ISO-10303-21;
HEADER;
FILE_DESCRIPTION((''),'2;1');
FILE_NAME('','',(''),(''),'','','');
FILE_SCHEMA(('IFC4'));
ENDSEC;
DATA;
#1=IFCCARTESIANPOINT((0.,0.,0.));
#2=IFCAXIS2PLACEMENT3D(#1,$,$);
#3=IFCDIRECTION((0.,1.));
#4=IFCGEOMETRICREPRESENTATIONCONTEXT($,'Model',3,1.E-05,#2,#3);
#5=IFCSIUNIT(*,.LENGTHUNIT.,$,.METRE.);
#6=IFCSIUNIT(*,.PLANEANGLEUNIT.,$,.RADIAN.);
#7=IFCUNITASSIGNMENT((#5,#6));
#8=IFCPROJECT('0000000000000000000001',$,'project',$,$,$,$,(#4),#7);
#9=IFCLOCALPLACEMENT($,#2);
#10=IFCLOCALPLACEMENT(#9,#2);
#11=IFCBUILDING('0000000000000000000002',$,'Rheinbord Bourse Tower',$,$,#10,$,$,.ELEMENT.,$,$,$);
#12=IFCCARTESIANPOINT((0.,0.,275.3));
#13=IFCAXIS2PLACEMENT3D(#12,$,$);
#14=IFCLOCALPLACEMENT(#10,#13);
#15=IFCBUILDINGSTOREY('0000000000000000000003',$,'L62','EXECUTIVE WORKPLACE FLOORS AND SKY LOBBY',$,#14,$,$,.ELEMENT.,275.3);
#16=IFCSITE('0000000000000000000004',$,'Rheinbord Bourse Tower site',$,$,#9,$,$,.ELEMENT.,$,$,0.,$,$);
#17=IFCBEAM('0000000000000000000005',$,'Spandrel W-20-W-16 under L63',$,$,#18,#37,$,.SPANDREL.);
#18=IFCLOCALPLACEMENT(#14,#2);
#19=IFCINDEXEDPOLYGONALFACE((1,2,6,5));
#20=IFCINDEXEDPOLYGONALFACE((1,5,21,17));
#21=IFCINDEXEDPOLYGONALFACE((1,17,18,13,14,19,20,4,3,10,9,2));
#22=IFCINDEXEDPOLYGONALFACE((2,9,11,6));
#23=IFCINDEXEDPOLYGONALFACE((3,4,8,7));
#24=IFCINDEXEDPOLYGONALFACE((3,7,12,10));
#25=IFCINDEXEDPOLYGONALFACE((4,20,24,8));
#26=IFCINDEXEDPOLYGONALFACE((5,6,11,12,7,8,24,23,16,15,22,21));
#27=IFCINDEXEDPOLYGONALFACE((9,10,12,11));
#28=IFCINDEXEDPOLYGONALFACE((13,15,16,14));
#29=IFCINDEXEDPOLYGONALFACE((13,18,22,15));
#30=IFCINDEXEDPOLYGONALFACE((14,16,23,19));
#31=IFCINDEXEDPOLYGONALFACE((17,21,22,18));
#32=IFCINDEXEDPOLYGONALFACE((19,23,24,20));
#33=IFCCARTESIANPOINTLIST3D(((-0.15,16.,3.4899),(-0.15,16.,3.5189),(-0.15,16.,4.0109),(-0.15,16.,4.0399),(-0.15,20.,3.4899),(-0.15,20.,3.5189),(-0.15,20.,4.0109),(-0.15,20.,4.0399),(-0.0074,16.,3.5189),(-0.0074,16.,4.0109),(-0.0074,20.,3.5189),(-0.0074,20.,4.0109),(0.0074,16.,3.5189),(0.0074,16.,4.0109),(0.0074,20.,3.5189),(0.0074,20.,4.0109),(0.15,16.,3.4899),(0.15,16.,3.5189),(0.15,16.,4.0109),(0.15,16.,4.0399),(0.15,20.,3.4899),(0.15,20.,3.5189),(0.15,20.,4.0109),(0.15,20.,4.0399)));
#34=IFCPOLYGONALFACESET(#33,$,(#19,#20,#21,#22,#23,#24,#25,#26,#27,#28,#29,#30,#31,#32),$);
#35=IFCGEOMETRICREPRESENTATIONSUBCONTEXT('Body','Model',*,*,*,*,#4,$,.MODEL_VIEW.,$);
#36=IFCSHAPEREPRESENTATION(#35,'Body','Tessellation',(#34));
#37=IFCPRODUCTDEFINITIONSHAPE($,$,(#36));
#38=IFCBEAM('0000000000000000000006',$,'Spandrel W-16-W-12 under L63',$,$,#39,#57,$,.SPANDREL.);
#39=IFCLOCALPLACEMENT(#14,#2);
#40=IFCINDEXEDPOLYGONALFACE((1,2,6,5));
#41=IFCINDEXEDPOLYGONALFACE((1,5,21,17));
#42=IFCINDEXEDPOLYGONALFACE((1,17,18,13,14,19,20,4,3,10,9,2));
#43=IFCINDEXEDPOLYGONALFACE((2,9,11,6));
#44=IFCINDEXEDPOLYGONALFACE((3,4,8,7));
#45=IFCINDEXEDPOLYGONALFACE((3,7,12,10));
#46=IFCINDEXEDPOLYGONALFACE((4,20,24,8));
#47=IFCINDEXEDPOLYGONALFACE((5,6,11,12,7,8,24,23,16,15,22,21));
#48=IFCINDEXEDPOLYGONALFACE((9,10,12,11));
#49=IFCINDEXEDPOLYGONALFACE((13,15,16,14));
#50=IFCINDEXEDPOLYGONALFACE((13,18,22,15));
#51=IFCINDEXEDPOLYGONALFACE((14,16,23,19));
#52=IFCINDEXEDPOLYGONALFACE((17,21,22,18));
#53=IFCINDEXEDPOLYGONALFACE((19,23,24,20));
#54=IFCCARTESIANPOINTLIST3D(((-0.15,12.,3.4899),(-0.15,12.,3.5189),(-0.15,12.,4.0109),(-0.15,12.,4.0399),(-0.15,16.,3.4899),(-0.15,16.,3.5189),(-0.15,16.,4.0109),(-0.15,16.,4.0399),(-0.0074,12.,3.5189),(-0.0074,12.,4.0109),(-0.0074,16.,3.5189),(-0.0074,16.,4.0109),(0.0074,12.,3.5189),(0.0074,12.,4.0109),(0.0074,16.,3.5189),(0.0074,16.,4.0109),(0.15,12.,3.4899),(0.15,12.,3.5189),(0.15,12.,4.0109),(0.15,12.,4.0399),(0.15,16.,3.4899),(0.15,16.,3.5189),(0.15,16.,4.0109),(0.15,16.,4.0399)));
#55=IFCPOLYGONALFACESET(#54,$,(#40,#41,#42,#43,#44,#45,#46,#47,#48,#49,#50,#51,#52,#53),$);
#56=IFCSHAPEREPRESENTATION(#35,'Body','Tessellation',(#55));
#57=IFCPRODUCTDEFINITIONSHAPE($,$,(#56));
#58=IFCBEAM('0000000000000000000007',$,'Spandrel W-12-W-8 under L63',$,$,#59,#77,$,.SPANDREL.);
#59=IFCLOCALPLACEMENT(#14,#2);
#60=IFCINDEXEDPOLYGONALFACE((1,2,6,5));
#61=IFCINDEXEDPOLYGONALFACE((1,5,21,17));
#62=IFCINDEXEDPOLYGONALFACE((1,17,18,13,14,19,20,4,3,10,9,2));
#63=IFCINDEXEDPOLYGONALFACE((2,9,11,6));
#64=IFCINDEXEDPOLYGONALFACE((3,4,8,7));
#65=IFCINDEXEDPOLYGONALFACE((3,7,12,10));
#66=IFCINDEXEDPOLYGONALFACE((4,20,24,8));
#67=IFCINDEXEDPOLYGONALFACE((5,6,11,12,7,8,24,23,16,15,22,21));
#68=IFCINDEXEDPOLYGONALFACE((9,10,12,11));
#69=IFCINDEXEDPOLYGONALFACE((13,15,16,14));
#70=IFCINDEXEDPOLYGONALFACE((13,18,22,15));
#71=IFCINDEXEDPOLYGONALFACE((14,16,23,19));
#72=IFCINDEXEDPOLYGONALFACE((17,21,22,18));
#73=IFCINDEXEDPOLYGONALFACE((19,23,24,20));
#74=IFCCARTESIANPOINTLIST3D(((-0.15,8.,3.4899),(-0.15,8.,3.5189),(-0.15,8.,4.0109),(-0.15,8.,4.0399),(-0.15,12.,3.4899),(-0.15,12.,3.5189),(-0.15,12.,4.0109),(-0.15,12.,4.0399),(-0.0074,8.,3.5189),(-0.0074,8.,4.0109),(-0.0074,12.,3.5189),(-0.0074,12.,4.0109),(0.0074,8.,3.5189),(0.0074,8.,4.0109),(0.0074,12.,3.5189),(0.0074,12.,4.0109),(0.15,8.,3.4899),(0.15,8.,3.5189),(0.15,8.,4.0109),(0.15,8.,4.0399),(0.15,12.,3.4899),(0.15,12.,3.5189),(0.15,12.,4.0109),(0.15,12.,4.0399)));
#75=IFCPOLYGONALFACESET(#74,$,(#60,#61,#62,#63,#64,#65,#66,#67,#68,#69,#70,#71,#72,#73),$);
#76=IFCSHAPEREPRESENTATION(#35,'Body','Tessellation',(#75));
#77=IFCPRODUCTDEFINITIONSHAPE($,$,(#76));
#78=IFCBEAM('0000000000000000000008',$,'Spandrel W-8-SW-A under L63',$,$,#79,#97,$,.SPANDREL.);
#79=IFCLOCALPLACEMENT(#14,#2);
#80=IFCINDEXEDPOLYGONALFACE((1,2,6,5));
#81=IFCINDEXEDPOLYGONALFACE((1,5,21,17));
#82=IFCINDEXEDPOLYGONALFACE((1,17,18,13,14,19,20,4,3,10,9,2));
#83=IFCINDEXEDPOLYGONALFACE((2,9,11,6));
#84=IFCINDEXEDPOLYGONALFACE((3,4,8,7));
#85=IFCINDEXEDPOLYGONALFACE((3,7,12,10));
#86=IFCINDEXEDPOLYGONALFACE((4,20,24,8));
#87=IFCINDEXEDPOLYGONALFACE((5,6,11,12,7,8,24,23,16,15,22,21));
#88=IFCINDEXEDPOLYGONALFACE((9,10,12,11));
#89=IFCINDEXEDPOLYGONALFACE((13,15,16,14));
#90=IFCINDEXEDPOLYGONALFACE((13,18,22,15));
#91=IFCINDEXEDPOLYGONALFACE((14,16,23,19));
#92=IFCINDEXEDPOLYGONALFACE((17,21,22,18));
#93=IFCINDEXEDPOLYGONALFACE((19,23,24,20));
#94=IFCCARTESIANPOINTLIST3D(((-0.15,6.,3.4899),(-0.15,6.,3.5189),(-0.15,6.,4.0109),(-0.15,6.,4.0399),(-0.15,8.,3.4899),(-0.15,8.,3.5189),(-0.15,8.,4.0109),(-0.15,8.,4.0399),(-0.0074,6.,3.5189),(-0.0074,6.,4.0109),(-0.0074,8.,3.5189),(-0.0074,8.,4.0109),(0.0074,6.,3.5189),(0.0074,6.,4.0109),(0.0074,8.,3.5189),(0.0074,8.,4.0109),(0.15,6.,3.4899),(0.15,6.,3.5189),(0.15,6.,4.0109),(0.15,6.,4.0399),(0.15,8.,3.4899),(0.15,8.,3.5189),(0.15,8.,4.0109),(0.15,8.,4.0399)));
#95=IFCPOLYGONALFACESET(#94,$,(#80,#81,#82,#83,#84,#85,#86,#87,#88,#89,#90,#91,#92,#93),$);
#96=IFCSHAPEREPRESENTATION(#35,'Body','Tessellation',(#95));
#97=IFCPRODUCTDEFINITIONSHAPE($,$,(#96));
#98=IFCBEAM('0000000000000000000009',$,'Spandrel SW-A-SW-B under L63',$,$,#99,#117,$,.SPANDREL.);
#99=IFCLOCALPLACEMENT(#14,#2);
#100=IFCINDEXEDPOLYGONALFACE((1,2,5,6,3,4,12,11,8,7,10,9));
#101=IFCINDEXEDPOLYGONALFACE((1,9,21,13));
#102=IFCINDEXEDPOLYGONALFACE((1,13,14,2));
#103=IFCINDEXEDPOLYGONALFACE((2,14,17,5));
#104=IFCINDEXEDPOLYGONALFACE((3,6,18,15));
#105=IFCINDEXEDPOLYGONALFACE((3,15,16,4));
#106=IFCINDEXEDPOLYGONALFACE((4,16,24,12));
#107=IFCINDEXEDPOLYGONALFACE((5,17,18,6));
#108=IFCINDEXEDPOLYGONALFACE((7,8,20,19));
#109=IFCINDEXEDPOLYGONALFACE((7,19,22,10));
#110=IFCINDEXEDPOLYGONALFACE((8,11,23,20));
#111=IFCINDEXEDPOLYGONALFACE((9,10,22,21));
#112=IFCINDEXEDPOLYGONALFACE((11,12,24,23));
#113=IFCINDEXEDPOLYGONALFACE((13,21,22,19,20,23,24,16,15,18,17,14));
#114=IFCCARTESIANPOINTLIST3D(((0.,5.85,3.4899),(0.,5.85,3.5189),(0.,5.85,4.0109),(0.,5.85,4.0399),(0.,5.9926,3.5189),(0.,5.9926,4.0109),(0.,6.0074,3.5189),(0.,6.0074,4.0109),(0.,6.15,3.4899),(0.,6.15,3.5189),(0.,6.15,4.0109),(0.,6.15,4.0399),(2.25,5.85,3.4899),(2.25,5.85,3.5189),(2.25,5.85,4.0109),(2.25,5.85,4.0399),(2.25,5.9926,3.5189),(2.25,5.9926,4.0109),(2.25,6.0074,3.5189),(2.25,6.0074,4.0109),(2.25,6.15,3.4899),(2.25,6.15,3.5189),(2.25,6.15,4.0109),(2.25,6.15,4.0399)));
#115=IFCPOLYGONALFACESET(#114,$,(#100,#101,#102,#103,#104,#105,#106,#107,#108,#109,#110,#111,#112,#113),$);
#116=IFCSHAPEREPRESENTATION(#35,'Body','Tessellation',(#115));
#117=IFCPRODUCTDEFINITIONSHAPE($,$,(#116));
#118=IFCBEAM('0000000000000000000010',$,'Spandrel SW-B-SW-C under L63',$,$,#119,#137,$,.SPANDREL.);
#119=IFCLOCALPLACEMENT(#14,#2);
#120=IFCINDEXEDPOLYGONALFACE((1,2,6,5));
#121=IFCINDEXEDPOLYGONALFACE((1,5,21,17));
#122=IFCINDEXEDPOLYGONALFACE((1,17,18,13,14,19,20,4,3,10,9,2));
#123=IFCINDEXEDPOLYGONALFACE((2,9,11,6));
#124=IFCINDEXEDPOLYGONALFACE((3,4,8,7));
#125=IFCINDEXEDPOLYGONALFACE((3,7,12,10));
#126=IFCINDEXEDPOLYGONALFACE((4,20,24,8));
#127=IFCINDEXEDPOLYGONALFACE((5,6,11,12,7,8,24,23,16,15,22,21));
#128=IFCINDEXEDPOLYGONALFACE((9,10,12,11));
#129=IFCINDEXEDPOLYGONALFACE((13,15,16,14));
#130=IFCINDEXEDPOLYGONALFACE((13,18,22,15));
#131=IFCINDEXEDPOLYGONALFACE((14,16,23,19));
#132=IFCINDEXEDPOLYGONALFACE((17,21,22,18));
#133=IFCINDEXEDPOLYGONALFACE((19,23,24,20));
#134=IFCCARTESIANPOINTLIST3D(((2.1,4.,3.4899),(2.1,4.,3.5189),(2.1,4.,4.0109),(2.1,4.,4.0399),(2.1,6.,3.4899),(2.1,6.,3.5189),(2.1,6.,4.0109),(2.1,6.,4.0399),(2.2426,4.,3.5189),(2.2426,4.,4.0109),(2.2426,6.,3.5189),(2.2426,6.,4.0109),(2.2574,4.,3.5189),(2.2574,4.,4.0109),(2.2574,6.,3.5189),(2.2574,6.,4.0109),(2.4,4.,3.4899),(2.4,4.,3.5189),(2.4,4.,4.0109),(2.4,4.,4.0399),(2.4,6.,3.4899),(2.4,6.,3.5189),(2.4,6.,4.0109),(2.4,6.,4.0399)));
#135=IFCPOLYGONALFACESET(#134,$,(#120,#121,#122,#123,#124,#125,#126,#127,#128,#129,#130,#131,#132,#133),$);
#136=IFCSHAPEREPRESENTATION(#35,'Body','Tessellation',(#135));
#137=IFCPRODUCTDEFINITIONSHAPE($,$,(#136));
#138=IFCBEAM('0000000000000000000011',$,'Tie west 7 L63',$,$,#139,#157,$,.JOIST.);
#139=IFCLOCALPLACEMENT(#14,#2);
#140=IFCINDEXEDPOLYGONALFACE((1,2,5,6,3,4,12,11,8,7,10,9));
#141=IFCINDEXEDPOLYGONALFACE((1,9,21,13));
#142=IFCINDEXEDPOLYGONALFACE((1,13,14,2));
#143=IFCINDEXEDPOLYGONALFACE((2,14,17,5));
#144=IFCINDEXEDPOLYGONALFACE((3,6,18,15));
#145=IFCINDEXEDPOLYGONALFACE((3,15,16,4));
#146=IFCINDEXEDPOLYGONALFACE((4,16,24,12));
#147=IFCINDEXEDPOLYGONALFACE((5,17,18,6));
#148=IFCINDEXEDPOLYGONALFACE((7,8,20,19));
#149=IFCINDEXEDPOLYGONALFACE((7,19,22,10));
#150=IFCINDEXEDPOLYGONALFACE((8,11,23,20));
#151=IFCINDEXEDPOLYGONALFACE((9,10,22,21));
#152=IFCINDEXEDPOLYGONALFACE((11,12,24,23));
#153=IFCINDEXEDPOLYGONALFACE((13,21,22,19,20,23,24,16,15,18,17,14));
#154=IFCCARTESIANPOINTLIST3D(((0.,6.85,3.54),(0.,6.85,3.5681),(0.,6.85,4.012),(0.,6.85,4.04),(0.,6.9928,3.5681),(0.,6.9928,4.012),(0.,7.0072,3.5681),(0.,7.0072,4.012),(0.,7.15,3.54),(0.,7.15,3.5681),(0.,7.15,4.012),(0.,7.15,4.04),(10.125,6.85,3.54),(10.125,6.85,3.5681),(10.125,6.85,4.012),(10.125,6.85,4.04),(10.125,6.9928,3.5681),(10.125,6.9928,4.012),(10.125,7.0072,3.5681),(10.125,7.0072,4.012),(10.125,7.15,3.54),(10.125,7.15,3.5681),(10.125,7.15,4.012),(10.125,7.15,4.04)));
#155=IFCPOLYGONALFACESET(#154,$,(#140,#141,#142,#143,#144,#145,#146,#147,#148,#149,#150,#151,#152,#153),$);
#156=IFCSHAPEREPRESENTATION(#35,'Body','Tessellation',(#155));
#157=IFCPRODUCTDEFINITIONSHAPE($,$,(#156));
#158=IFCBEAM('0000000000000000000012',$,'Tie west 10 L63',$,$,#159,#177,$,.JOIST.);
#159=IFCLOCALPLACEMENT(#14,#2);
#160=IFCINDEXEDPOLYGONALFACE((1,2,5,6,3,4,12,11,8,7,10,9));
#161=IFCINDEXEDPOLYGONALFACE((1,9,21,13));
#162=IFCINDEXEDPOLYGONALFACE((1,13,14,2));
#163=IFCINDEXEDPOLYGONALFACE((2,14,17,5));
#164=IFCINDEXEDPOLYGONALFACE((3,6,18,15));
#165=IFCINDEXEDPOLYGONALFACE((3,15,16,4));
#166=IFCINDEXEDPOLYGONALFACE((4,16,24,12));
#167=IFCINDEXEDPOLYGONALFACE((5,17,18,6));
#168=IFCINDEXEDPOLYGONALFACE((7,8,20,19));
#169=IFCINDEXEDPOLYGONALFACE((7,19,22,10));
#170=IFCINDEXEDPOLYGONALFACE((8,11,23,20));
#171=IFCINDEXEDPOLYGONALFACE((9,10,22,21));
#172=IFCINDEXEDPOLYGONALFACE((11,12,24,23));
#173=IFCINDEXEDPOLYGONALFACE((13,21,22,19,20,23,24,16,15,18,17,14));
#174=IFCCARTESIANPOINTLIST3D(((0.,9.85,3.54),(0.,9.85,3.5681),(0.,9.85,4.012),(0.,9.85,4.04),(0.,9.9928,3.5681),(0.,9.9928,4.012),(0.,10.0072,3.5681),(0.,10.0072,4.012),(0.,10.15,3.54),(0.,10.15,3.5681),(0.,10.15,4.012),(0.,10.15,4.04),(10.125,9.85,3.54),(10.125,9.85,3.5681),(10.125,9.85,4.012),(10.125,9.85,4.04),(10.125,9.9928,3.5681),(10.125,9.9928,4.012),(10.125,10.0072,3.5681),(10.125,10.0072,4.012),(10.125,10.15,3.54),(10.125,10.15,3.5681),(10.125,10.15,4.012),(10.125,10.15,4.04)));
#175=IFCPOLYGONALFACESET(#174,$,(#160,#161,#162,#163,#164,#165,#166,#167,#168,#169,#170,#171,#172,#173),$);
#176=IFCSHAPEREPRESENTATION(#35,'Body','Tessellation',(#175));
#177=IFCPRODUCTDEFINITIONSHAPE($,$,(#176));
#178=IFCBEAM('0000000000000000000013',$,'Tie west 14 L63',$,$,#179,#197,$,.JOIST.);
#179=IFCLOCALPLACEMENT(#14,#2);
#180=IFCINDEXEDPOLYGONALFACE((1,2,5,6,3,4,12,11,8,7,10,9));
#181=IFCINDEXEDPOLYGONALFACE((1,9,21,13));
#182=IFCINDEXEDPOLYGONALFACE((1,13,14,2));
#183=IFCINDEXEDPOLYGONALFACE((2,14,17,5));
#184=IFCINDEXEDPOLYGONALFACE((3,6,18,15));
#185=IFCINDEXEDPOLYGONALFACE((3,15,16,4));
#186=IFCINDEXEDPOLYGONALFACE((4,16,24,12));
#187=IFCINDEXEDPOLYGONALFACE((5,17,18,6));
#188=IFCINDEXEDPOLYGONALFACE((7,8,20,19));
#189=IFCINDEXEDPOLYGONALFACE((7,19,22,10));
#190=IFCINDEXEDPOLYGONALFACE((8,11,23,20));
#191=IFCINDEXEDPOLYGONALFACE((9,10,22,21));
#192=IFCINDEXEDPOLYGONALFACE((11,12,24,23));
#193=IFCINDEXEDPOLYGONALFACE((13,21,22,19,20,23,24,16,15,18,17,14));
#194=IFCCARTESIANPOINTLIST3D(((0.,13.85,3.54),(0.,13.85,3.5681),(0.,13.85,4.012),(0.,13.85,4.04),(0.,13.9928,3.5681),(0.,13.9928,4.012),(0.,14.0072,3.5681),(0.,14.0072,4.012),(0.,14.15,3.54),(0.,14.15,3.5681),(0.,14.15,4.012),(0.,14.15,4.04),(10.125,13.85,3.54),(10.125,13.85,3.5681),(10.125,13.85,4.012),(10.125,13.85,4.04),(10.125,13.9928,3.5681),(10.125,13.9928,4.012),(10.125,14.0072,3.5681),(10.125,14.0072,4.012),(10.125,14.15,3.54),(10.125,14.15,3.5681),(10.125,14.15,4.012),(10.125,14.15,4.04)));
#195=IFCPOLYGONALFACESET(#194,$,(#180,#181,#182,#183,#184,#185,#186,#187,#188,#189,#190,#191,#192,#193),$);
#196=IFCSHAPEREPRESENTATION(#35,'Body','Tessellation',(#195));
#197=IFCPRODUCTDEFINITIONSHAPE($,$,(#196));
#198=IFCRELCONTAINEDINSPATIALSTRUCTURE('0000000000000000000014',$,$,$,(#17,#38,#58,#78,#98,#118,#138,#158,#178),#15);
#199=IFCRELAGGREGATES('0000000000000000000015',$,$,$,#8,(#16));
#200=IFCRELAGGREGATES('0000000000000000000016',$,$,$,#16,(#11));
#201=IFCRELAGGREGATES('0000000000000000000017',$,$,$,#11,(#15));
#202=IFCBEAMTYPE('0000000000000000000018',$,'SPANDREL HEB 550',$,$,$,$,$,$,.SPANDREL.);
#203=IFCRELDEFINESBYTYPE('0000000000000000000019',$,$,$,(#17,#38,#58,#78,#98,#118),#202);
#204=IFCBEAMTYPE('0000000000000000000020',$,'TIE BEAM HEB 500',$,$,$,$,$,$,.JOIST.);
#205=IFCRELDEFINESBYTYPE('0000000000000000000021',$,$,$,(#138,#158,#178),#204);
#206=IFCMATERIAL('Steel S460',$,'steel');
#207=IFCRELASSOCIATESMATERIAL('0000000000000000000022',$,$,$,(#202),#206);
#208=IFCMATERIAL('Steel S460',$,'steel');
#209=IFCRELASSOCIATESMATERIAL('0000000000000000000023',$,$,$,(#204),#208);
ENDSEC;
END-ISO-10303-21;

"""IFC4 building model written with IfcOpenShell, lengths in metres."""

from ifc_helpers import new_model, si_unit, direction, frame, origin, origin_2d, place, context, subcontext, project, spatial, i_section, extrude, material, material_profile, profile_set, type_object, element, save


model = new_model("IFC4")

# Units and contexts
model_context = context("Model", 3, precision=1e-05, world=origin(), true_north=direction((0.0, 1.0)))
body_context = subcontext(model_context, "Body", "Model", "MODEL_VIEW")
ifc_project = project(units=[si_unit("LENGTHUNIT", "METRE"), si_unit("PLANEANGLEUNIT", "RADIAN")], contexts=[model_context])

# Site, building, storey
site_placement = place(None, origin())
site = spatial("IfcSite", under=ifc_project, at=site_placement, Name="Rheinbord Bourse Tower site", CompositionType="ELEMENT", RefElevation=0.0)
building_placement = place(site_placement, origin())
building = spatial("IfcBuilding", under=site, at=building_placement, Name="Rheinbord Bourse Tower", CompositionType="ELEMENT")
storey_placement = place(building_placement, frame((0.0, 0.0, 275.3)))
storey = spatial("IfcBuildingStorey", under=building, at=storey_placement, Name="L62", Description="EXECUTIVE WORKPLACE FLOORS AND SKY LOBBY", CompositionType="ELEMENT", Elevation=275.3)

# Beams
ifc_material_1 = material(Name="Steel S460", Category="steel")
ifc_material_profile_1 = material_profile(ifc_material_1, i_section(OverallWidth=0.3, OverallDepth=0.55, WebThickness=0.0149, FlangeThickness=0.0291, at=origin_2d()), Name="HEB 550")
ifc_profile_set_1 = profile_set([ifc_material_profile_1], Name="Steel S460")
beam_type_1 = type_object("IfcBeamType", Name="SPANDREL HEB 550", PredefinedType="SPANDREL", material=ifc_profile_set_1)
for number, where, z_axis, x_axis, name in (
    (1, (0.0, 20.0, 3.7649), (0.0, -1.0, 0.0), (1.0, 0.0, 0.0), "Spandrel W-20-W-16 under L63"),
    (2, (0.0, 16.0, 3.7649), (0.0, -1.0, 0.0), (1.0, 0.0, 0.0), "Spandrel W-16-W-12 under L63"),
    (3, (0.0, 12.0, 3.7649), (0.0, -1.0, 0.0), (1.0, 0.0, 0.0), "Spandrel W-12-W-8 under L63"),
):
    element("IfcBeam", number, at=place(storey_placement, frame(where, z_axis=z_axis, x_axis=x_axis)), inside=storey, type_object=beam_type_1, Name=name, PredefinedType="SPANDREL", context=body_context, shape_type="SweptSolid", body=[
        extrude(i_section(OverallWidth=0.3, OverallDepth=0.55, WebThickness=0.0149, FlangeThickness=0.0291, at=origin_2d()), origin(), (0.0, 0.0, 1.0), 4.0),
    ])
beam_1_placement = place(storey_placement, frame((0.0, 8.0, 3.7649), z_axis=(0.0, -1.0, 0.0), x_axis=(1.0, 0.0, 0.0)))
element("IfcBeam", 4, at=beam_1_placement, inside=storey, type_object=beam_type_1, Name="Spandrel W-8-SW-A under L63", PredefinedType="SPANDREL", context=body_context, shape_type="SweptSolid", body=[
    extrude(i_section(OverallWidth=0.3, OverallDepth=0.55, WebThickness=0.0149, FlangeThickness=0.0291, at=origin_2d()), origin(), (0.0, 0.0, 1.0), 2.0),
])
beam_2_placement = place(storey_placement, frame((0.0, 6.0, 3.7649), z_axis=(1.0, 0.0, 0.0), x_axis=(0.0, 1.0, 0.0)))
element("IfcBeam", 5, at=beam_2_placement, inside=storey, type_object=beam_type_1, Name="Spandrel SW-A-SW-B under L63", PredefinedType="SPANDREL", context=body_context, shape_type="SweptSolid", body=[
    extrude(i_section(OverallWidth=0.3, OverallDepth=0.55, WebThickness=0.0149, FlangeThickness=0.0291, at=origin_2d()), origin(), (0.0, 0.0, 1.0), 2.25),
])
beam_3_placement = place(storey_placement, frame((2.25, 6.0, 3.7649), z_axis=(0.0, -1.0, 0.0), x_axis=(1.0, 0.0, 0.0)))
element("IfcBeam", 6, at=beam_3_placement, inside=storey, type_object=beam_type_1, Name="Spandrel SW-B-SW-C under L63", PredefinedType="SPANDREL", context=body_context, shape_type="SweptSolid", body=[
    extrude(i_section(OverallWidth=0.3, OverallDepth=0.55, WebThickness=0.0149, FlangeThickness=0.0291, at=origin_2d()), origin(), (0.0, 0.0, 1.0), 2.0),
])
ifc_material_2 = material(Name="Steel S460", Category="steel")
ifc_material_profile_2 = material_profile(ifc_material_2, i_section(OverallWidth=0.3, OverallDepth=0.5, WebThickness=0.0144, FlangeThickness=0.0281, at=origin_2d()), Name="HEB 500")
ifc_profile_set_2 = profile_set([ifc_material_profile_2], Name="Steel S460")
beam_type_2 = type_object("IfcBeamType", Name="TIE BEAM HEB 500", PredefinedType="JOIST", material=ifc_profile_set_2)
for number, where, z_axis, x_axis, name in (
    (7, (0.0, 7.0, 3.79), (1.0, 0.0, 0.0), (0.0, 1.0, 0.0), "Tie west 7 L63"),
    (8, (0.0, 10.0, 3.79), (1.0, 0.0, 0.0), (0.0, 1.0, 0.0), "Tie west 10 L63"),
    (9, (0.0, 14.0, 3.79), (1.0, 0.0, 0.0), (0.0, 1.0, 0.0), "Tie west 14 L63"),
):
    element("IfcBeam", number, at=place(storey_placement, frame(where, z_axis=z_axis, x_axis=x_axis)), inside=storey, type_object=beam_type_2, Name=name, PredefinedType="JOIST", context=body_context, shape_type="SweptSolid", body=[
        extrude(i_section(OverallWidth=0.3, OverallDepth=0.5, WebThickness=0.0144, FlangeThickness=0.0281, at=origin_2d()), origin(), (0.0, 0.0, 1.0), 10.125),
    ])

save(model, "model.ifc")
